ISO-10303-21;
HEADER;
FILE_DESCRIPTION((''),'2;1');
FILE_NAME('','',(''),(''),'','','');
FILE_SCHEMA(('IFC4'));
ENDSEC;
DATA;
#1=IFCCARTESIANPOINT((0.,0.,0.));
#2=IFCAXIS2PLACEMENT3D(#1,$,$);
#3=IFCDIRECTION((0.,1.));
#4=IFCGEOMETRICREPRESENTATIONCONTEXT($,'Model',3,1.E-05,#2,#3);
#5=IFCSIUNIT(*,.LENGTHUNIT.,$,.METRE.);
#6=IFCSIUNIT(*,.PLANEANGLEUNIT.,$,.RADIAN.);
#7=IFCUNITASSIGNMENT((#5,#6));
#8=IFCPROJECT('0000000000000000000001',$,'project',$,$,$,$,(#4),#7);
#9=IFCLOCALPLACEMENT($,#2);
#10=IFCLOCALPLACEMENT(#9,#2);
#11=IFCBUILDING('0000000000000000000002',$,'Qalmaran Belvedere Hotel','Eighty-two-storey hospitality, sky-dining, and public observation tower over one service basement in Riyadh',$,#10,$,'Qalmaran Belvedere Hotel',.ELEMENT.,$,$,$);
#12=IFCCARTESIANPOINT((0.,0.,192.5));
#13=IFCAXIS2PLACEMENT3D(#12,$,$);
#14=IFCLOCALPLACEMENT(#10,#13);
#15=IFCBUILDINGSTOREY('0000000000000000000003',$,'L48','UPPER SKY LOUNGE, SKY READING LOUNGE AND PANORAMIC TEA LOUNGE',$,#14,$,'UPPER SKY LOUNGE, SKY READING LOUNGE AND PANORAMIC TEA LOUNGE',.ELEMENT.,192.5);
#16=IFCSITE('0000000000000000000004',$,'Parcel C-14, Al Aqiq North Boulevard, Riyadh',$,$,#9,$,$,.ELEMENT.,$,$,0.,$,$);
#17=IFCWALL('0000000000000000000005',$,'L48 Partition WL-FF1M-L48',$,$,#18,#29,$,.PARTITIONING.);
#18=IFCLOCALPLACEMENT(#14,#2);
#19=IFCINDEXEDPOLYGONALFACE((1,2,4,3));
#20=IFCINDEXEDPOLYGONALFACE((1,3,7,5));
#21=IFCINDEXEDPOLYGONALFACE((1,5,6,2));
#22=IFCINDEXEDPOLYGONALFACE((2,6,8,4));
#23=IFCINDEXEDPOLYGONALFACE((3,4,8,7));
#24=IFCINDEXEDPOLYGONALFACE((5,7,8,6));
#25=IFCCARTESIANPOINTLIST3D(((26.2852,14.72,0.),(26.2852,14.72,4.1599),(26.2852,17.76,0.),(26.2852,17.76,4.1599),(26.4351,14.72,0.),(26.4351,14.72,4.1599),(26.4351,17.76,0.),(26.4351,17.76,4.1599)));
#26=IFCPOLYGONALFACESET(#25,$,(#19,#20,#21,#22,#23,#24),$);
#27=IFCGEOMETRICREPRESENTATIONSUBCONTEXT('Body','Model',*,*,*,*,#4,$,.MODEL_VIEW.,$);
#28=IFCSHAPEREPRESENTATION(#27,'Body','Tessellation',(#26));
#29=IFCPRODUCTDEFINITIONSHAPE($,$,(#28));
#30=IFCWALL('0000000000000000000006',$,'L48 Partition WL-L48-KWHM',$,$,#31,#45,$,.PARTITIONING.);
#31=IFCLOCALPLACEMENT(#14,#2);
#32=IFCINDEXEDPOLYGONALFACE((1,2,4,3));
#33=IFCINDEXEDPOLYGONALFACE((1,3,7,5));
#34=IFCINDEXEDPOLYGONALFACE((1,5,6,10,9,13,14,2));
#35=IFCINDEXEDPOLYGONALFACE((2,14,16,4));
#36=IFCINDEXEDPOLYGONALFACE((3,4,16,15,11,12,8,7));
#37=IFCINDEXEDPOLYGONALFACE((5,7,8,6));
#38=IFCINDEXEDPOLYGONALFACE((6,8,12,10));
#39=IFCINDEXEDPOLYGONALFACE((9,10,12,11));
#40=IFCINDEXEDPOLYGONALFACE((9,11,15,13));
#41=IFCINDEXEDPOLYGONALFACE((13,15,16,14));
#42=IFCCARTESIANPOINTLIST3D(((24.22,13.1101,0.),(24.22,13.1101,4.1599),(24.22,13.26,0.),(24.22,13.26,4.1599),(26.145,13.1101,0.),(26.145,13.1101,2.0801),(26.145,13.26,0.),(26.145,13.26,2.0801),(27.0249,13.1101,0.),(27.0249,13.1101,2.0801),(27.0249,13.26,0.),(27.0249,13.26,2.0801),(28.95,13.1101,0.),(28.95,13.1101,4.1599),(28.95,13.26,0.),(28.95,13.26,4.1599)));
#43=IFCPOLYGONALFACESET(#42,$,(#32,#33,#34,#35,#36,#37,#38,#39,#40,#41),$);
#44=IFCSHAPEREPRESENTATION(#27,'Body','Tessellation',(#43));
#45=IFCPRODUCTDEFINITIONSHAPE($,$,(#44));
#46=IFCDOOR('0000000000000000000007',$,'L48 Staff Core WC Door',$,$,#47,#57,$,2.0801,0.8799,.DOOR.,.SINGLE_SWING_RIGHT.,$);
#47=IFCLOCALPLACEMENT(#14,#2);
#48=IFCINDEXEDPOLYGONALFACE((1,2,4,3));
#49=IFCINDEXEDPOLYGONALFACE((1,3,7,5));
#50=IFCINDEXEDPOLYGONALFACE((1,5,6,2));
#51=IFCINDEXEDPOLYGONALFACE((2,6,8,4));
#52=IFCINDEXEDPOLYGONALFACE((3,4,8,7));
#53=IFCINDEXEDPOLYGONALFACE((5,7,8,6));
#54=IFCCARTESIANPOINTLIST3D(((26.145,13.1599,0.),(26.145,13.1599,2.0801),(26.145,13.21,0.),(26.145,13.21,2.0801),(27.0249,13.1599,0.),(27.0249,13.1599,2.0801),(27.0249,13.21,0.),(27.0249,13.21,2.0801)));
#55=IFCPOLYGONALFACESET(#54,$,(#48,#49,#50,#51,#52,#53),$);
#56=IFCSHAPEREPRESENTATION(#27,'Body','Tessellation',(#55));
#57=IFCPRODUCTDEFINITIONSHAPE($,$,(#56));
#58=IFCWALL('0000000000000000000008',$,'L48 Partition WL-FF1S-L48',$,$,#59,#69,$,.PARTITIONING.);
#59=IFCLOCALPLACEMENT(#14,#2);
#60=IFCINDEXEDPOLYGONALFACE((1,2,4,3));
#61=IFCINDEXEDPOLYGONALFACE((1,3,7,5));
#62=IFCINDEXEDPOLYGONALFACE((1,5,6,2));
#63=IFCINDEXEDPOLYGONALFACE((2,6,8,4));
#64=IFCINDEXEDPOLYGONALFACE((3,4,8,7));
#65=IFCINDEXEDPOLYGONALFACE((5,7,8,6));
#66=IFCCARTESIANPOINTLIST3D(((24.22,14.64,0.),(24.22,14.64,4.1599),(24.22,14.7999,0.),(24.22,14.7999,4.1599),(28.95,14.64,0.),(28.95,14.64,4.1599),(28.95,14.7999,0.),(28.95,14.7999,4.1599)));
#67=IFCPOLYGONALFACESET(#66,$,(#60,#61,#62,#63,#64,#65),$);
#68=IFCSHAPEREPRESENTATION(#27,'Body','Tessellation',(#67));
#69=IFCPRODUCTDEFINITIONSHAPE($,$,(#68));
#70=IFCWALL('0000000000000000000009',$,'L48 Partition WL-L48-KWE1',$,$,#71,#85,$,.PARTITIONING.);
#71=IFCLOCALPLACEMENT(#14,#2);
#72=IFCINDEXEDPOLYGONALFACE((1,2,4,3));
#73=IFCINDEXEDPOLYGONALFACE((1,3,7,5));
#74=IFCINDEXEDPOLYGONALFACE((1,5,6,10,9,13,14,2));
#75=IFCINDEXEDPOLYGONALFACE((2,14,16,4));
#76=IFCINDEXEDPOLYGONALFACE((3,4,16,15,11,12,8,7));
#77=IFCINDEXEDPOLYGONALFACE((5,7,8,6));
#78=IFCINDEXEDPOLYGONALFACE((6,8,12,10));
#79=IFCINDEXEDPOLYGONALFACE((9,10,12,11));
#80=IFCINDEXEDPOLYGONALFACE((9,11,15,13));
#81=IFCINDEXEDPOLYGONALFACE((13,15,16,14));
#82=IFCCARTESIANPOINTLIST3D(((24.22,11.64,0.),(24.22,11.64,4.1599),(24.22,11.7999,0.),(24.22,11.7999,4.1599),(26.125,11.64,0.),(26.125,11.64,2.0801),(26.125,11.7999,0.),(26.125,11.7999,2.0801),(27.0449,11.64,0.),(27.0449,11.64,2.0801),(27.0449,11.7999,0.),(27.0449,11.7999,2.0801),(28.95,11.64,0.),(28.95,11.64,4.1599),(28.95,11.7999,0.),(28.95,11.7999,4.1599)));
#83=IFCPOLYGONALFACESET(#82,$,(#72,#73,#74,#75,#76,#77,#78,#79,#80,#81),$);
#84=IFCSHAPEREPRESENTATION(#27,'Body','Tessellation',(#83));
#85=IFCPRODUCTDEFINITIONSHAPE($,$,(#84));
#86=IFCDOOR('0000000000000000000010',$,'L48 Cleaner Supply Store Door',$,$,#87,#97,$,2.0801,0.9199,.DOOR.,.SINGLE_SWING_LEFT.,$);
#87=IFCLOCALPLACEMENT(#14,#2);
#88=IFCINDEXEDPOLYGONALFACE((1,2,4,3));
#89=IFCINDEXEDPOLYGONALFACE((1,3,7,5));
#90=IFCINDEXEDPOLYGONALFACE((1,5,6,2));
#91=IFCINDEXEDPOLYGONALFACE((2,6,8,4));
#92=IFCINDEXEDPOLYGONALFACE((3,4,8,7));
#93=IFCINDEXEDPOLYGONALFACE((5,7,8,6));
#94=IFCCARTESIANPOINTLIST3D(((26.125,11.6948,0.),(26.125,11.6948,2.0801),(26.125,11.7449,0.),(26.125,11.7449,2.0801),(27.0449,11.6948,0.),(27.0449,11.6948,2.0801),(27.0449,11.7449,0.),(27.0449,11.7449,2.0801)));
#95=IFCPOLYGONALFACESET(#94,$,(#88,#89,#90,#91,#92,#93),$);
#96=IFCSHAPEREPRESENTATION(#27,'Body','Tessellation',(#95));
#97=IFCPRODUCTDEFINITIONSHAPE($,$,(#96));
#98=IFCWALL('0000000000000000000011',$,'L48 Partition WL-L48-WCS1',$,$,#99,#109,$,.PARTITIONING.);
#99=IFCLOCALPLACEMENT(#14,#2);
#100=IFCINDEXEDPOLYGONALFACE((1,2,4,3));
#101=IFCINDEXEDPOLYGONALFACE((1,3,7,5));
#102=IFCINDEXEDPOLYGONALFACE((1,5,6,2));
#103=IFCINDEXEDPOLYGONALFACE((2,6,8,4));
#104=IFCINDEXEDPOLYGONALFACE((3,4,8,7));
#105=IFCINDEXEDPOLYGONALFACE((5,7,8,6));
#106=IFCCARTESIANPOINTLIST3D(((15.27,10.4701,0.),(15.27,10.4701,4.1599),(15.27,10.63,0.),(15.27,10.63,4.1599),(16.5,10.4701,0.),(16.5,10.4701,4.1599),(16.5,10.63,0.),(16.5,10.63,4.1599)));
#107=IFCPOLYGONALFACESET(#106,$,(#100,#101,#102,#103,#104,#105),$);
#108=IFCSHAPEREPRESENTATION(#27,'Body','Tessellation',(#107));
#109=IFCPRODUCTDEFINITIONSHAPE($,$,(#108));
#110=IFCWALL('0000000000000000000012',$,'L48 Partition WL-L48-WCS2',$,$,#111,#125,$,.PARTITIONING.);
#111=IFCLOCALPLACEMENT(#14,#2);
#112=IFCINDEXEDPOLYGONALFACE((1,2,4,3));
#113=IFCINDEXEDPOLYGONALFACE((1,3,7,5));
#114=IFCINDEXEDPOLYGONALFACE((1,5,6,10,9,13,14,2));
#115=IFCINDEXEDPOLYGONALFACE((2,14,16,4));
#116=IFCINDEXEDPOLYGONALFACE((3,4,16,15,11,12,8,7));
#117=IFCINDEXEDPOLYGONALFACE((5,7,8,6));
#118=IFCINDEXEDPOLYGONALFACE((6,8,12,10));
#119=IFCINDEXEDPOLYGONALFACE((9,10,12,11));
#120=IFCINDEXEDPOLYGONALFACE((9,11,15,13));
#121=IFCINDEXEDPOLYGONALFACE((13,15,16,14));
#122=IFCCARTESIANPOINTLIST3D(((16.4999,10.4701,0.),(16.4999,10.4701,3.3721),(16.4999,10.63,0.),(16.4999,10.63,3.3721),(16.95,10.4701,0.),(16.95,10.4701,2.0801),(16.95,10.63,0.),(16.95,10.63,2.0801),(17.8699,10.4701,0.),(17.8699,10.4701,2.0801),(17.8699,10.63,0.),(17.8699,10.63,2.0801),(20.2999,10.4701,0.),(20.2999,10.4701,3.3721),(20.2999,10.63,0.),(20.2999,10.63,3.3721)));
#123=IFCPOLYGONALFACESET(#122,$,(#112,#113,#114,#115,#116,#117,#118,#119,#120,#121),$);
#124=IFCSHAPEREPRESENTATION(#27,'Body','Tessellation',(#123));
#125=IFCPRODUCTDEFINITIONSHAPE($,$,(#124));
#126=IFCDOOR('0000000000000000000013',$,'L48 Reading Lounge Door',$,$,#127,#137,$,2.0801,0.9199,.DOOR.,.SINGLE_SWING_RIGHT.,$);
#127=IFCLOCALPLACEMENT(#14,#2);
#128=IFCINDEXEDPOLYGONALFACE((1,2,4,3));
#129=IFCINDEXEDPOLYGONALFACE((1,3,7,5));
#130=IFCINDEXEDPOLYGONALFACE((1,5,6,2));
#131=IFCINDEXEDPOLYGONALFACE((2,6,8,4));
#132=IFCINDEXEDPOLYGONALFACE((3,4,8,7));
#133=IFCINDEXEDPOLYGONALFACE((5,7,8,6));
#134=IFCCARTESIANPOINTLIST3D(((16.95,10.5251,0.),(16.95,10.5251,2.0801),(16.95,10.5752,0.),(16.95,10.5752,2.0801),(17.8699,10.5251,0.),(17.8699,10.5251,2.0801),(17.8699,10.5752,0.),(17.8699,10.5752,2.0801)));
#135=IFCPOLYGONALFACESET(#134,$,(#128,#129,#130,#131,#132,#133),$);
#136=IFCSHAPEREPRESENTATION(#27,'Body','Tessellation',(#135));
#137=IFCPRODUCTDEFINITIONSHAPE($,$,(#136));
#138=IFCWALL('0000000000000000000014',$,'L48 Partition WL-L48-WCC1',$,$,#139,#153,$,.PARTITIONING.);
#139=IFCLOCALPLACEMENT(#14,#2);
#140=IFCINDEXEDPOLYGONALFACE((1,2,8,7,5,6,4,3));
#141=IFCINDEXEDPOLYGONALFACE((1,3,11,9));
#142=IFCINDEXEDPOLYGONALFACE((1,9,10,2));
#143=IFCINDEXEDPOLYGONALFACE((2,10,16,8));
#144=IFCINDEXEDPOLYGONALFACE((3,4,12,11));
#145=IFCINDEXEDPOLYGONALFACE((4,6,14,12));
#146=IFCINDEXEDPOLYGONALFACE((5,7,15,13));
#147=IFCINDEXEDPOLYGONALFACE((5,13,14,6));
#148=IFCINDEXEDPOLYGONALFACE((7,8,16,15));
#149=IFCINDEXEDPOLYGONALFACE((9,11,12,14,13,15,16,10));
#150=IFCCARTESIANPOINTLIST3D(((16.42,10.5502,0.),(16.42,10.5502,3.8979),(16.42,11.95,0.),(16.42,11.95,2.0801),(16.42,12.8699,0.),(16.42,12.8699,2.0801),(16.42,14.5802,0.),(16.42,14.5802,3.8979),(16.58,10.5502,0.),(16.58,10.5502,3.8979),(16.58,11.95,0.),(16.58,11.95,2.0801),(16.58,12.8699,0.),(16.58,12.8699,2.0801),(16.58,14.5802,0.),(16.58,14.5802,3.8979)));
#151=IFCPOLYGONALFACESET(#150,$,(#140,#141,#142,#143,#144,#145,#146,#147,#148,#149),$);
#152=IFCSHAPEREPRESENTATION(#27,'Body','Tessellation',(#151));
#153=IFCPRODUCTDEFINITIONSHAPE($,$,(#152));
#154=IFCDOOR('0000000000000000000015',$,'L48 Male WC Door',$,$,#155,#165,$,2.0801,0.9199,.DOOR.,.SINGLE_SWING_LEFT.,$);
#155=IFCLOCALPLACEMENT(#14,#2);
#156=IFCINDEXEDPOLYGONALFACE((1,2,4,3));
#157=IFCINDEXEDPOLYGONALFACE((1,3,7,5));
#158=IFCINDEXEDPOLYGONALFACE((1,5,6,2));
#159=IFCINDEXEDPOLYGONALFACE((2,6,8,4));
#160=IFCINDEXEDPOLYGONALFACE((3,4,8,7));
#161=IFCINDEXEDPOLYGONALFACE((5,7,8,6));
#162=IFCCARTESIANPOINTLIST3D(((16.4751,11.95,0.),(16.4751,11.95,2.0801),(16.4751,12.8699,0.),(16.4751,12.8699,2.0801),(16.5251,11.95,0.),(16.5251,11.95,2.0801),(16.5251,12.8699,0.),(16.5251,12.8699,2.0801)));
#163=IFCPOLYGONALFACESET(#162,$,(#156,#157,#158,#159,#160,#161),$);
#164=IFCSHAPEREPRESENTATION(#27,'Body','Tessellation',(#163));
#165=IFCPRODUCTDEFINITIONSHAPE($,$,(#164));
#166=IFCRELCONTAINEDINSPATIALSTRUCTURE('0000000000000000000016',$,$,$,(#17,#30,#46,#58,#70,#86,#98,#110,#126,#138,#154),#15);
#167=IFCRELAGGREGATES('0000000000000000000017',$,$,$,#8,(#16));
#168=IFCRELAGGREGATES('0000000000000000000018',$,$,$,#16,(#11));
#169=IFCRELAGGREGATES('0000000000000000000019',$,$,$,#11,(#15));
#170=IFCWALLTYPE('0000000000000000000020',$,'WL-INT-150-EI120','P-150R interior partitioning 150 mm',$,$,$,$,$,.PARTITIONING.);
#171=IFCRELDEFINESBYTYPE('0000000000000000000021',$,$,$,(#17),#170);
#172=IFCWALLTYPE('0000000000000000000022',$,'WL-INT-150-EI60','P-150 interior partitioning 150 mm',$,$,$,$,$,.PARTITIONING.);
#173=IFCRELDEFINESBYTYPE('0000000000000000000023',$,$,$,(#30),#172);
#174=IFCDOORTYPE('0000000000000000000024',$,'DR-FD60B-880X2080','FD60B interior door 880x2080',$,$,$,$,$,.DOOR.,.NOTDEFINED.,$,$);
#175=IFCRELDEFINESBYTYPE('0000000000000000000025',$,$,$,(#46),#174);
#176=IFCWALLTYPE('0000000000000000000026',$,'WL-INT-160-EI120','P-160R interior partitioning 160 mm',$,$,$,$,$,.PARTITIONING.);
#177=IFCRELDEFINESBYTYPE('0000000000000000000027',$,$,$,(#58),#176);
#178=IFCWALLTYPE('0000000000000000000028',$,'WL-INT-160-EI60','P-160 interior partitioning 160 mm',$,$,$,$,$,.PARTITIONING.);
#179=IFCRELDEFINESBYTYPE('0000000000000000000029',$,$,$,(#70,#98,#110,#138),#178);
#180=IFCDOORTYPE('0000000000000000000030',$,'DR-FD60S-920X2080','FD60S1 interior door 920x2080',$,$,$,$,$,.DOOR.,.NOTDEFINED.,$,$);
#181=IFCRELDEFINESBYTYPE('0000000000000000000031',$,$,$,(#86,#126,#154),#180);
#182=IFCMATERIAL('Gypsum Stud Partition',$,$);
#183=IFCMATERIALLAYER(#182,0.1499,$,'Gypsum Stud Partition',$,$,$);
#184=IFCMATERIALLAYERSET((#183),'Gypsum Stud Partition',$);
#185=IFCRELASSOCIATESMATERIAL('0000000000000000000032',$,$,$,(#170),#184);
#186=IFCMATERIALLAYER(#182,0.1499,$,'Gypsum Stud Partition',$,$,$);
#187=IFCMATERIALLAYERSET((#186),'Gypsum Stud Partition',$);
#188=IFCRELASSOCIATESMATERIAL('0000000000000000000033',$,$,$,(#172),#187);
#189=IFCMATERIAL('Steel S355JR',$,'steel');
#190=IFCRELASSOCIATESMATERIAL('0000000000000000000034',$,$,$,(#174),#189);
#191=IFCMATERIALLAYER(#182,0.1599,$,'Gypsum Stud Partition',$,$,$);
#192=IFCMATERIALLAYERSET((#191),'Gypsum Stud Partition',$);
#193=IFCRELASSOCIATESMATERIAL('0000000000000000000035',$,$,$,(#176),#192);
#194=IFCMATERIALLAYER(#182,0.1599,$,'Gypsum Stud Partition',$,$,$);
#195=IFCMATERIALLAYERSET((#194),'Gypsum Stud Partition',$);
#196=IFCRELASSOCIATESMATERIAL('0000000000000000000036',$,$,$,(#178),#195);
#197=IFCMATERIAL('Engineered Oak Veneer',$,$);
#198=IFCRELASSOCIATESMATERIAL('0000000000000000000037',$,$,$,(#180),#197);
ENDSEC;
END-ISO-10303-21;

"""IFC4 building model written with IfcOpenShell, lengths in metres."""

from ifc_helpers import new_model, si_unit, direction, frame, frame_2d, origin, place, context, subcontext, project, spatial, rectangle, extrude, material, layer, layer_set, type_object, element, fill, save


model = new_model("IFC4")

# Units and contexts
model_context = context("Model", 3, precision=1e-05, world=origin(), true_north=direction((0.0, 1.0)))
body_context = subcontext(model_context, "Body", "Model", "MODEL_VIEW")
ifc_project = project(units=[si_unit("LENGTHUNIT", "METRE"), si_unit("PLANEANGLEUNIT", "RADIAN")], contexts=[model_context])

# Site, building, storey
site_placement = place(None, origin())
site = spatial("IfcSite", under=ifc_project, at=site_placement, Name="Parcel C-14, Al Aqiq North Boulevard, Riyadh", CompositionType="ELEMENT", RefElevation=0.0)
building_placement = place(site_placement, origin())
building = spatial("IfcBuilding", under=site, at=building_placement, Name="Qalmaran Belvedere Hotel", Description="Eighty-two-storey hospitality, sky-dining, and public observation tower over one service basement in Riyadh", LongName="Qalmaran Belvedere Hotel", CompositionType="ELEMENT")
storey_placement = place(building_placement, frame((0.0, 0.0, 192.5)))
storey = spatial("IfcBuildingStorey", under=building, at=storey_placement, Name="L48", Description="UPPER SKY LOUNGE, SKY READING LOUNGE AND PANORAMIC TEA LOUNGE", LongName="UPPER SKY LOUNGE, SKY READING LOUNGE AND PANORAMIC TEA LOUNGE", CompositionType="ELEMENT", Elevation=192.5)

# Wall
ifc_material_1 = material(Name="Gypsum Stud Partition")
ifc_layer_1 = layer(ifc_material_1, 0.1499, Name="Gypsum Stud Partition")
ifc_layer_set_1 = layer_set([ifc_layer_1], Name="Gypsum Stud Partition")
wall_type_1 = type_object("IfcWallType", Name="WL-INT-150-EI120", Description="P-150R interior partitioning 150 mm", PredefinedType="PARTITIONING", material=ifc_layer_set_1)
wall_1_placement = place(storey_placement, frame((26.3601, 14.72, 0.0), z_axis=(0.0, 0.0, 1.0), x_axis=(0.0, 1.0, 0.0)))
element("IfcWall", 1, at=wall_1_placement, inside=storey, type_object=wall_type_1, Name="L48 Partition WL-FF1M-L48", PredefinedType="PARTITIONING", context=body_context, shape_type="SweptSolid", body=[
    extrude(rectangle(XDim=3.04, YDim=0.1499, at=frame_2d((1.52, 0.0))), origin(), (0.0, 0.0, 1.0), 4.1599),
])

# Wall, opening, door
ifc_layer_2 = layer(ifc_material_1, 0.1499, Name="Gypsum Stud Partition")
ifc_layer_set_2 = layer_set([ifc_layer_2], Name="Gypsum Stud Partition")
wall_type_2 = type_object("IfcWallType", Name="WL-INT-150-EI60", Description="P-150 interior partitioning 150 mm", PredefinedType="PARTITIONING", material=ifc_layer_set_2)
wall_2_placement = place(storey_placement, frame((24.22, 13.1851, 0.0), z_axis=(0.0, 0.0, 1.0), x_axis=(1.0, 0.0, 0.0)))
wall_2 = element("IfcWall", 2, at=wall_2_placement, inside=storey, type_object=wall_type_2, Name="L48 Partition WL-L48-KWHM", PredefinedType="PARTITIONING", context=body_context, shape_type="SweptSolid", body=[
    extrude(rectangle(XDim=4.73, YDim=0.1499, at=frame_2d((2.365, 0.0))), origin(), (0.0, 0.0, 1.0), 4.1599),
])
opening_1_placement = place(wall_2_placement, frame((1.925, 0.0, 0.0)))
opening_1 = element("IfcOpeningElement", 3, at=opening_1_placement, cuts=wall_2, PredefinedType="OPENING", context=body_context, shape_type="SweptSolid", body=[
    extrude(rectangle(XDim=0.8799, YDim=2.0801, at=frame_2d((0.4399, 1.04))), frame((0.0, 0.085, 0.0), z_axis=(0.0, -1.0, 0.0), x_axis=(1.0, 0.0, 0.0)), (0.0, 0.0, 1.0), 0.1699),
])
ifc_material_2 = material(Name="Steel S355JR", Category="steel")
door_type_1 = type_object("IfcDoorType", Name="DR-FD60B-880X2080", Description="FD60B interior door 880x2080", OperationType="NOTDEFINED", PredefinedType="DOOR", material=ifc_material_2)
door_1_placement = place(opening_1_placement, origin())
door_1 = element("IfcDoor", 4, at=door_1_placement, inside=storey, type_object=door_type_1, Name="L48 Staff Core WC Door", OperationType="SINGLE_SWING_RIGHT", OverallHeight=2.0801, OverallWidth=0.8799, PredefinedType="DOOR", context=body_context, shape_type="SweptSolid", body=[
    extrude(rectangle(XDim=0.8799, YDim=2.0801, at=frame_2d((0.4399, 1.04))), frame((0.0, 0.0249, 0.0), z_axis=(0.0, -1.0, 0.0), x_axis=(1.0, 0.0, 0.0)), (0.0, 0.0, 1.0), 0.05),
])
fill(opening_1, door_1)

# Wall
ifc_layer_3 = layer(ifc_material_1, 0.1599, Name="Gypsum Stud Partition")
ifc_layer_set_3 = layer_set([ifc_layer_3], Name="Gypsum Stud Partition")
wall_type_3 = type_object("IfcWallType", Name="WL-INT-160-EI120", Description="P-160R interior partitioning 160 mm", PredefinedType="PARTITIONING", material=ifc_layer_set_3)
wall_3_placement = place(storey_placement, frame((24.22, 14.72, 0.0), z_axis=(0.0, 0.0, 1.0), x_axis=(1.0, 0.0, 0.0)))
element("IfcWall", 5, at=wall_3_placement, inside=storey, type_object=wall_type_3, Name="L48 Partition WL-FF1S-L48", PredefinedType="PARTITIONING", context=body_context, shape_type="SweptSolid", body=[
    extrude(rectangle(XDim=4.73, YDim=0.1599, at=frame_2d((2.365, 0.0))), origin(), (0.0, 0.0, 1.0), 4.1599),
])

# Wall, opening, door
ifc_layer_4 = layer(ifc_material_1, 0.1599, Name="Gypsum Stud Partition")
ifc_layer_set_4 = layer_set([ifc_layer_4], Name="Gypsum Stud Partition")
wall_type_4 = type_object("IfcWallType", Name="WL-INT-160-EI60", Description="P-160 interior partitioning 160 mm", PredefinedType="PARTITIONING", material=ifc_layer_set_4)
wall_4_placement = place(storey_placement, frame((24.22, 11.72, 0.0), z_axis=(0.0, 0.0, 1.0), x_axis=(1.0, 0.0, 0.0)))
wall_4 = element("IfcWall", 6, at=wall_4_placement, inside=storey, type_object=wall_type_4, Name="L48 Partition WL-L48-KWE1", PredefinedType="PARTITIONING", context=body_context, shape_type="SweptSolid", body=[
    extrude(rectangle(XDim=4.73, YDim=0.1599, at=frame_2d((2.365, 0.0))), origin(), (0.0, 0.0, 1.0), 4.1599),
])
opening_2_placement = place(wall_4_placement, frame((1.905, 0.0, 0.0)))
opening_2 = element("IfcOpeningElement", 7, at=opening_2_placement, cuts=wall_4, PredefinedType="OPENING", context=body_context, shape_type="SweptSolid", body=[
    extrude(rectangle(XDim=0.9199, YDim=2.0801, at=frame_2d((0.46, 1.04))), frame((0.0, 0.0898, 0.0), z_axis=(0.0, -1.0, 0.0), x_axis=(1.0, 0.0, 0.0)), (0.0, 0.0, 1.0), 0.1799),
])
ifc_material_3 = material(Name="Engineered Oak Veneer")
door_type_2 = type_object("IfcDoorType", Name="DR-FD60S-920X2080", Description="FD60S1 interior door 920x2080", OperationType="NOTDEFINED", PredefinedType="DOOR", material=ifc_material_3)
door_2_placement = place(opening_2_placement, origin())
door_2 = element("IfcDoor", 8, at=door_2_placement, inside=storey, type_object=door_type_2, Name="L48 Cleaner Supply Store Door", OperationType="SINGLE_SWING_LEFT", OverallHeight=2.0801, OverallWidth=0.9199, PredefinedType="DOOR", context=body_context, shape_type="SweptSolid", body=[
    extrude(rectangle(XDim=0.9199, YDim=2.0801, at=frame_2d((0.46, 1.04))), frame((0.0, 0.0249, 0.0), z_axis=(0.0, -1.0, 0.0), x_axis=(1.0, 0.0, 0.0)), (0.0, 0.0, 1.0), 0.05),
])
fill(opening_2, door_2)

# Wall
wall_5_placement = place(storey_placement, frame((15.27, 10.55, 0.0), z_axis=(0.0, 0.0, 1.0), x_axis=(1.0, 0.0, 0.0)))
element("IfcWall", 9, at=wall_5_placement, inside=storey, type_object=wall_type_4, Name="L48 Partition WL-L48-WCS1", PredefinedType="PARTITIONING", context=body_context, shape_type="SweptSolid", body=[
    extrude(rectangle(XDim=1.23, YDim=0.1599, at=frame_2d((0.615, 0.0))), origin(), (0.0, 0.0, 1.0), 4.1599),
])

# Walls, openings, doors
wall_6_placement = place(storey_placement, frame((16.5, 10.55, 0.0), z_axis=(0.0, 0.0, 1.0), x_axis=(1.0, 0.0, 0.0)))
wall_6 = element("IfcWall", 10, at=wall_6_placement, inside=storey, type_object=wall_type_4, Name="L48 Partition WL-L48-WCS2", PredefinedType="PARTITIONING", context=body_context, shape_type="SweptSolid", body=[
    extrude(rectangle(XDim=3.8, YDim=0.1599, at=frame_2d((1.8999, 0.0))), origin(), (0.0, 0.0, 1.0), 3.3721),
])
opening_3_placement = place(wall_6_placement, frame((1.3699, 0.0, 0.0), z_axis=(0.0, 0.0, 1.0), x_axis=(-1.0, 0.0, 0.0)))
opening_3 = element("IfcOpeningElement", 11, at=opening_3_placement, cuts=wall_6, PredefinedType="OPENING", context=body_context, shape_type="SweptSolid", body=[
    extrude(rectangle(XDim=0.9199, YDim=2.0801, at=frame_2d((0.46, 1.04))), frame((0.0, 0.0898, 0.0), z_axis=(0.0, -1.0, 0.0), x_axis=(1.0, 0.0, 0.0)), (0.0, 0.0, 1.0), 0.1799),
])
door_3_placement = place(opening_3_placement, origin())
door_3 = element("IfcDoor", 12, at=door_3_placement, inside=storey, type_object=door_type_2, Name="L48 Reading Lounge Door", OperationType="SINGLE_SWING_RIGHT", OverallHeight=2.0801, OverallWidth=0.9199, PredefinedType="DOOR", context=body_context, shape_type="SweptSolid", body=[
    extrude(rectangle(XDim=0.9199, YDim=2.0801, at=frame_2d((0.46, 1.04))), frame((0.0, 0.0249, 0.0), z_axis=(0.0, -1.0, 0.0), x_axis=(1.0, 0.0, 0.0)), (0.0, 0.0, 1.0), 0.05),
])
fill(opening_3, door_3)
wall_7_placement = place(storey_placement, frame((16.5, 10.55, 0.0), z_axis=(0.0, 0.0, 1.0), x_axis=(0.0, 1.0, 0.0)))
wall_7 = element("IfcWall", 13, at=wall_7_placement, inside=storey, type_object=wall_type_4, Name="L48 Partition WL-L48-WCC1", PredefinedType="PARTITIONING", context=body_context, shape_type="SweptSolid", body=[
    extrude(rectangle(XDim=4.03, YDim=0.1599, at=frame_2d((2.0151, 0.0))), origin(), (0.0, 0.0, 1.0), 3.8979),
])
opening_4_placement = place(wall_7_placement, frame((1.3999, 0.0, 0.0)))
opening_4 = element("IfcOpeningElement", 14, at=opening_4_placement, cuts=wall_7, PredefinedType="OPENING", context=body_context, shape_type="SweptSolid", body=[
    extrude(rectangle(XDim=0.9199, YDim=2.0801, at=frame_2d((0.46, 1.04))), frame((0.0, 0.0898, 0.0), z_axis=(0.0, -1.0, 0.0), x_axis=(1.0, 0.0, 0.0)), (0.0, 0.0, 1.0), 0.1799),
])
door_4_placement = place(opening_4_placement, origin())
door_4 = element("IfcDoor", 15, at=door_4_placement, inside=storey, type_object=door_type_2, Name="L48 Male WC Door", OperationType="SINGLE_SWING_LEFT", OverallHeight=2.0801, OverallWidth=0.9199, PredefinedType="DOOR", context=body_context, shape_type="SweptSolid", body=[
    extrude(rectangle(XDim=0.9199, YDim=2.0801, at=frame_2d((0.46, 1.04))), frame((0.0, 0.0249, 0.0), z_axis=(0.0, -1.0, 0.0), x_axis=(1.0, 0.0, 0.0)), (0.0, 0.0, 1.0), 0.05),
])
fill(opening_4, door_4)

save(model, "model.ifc")
